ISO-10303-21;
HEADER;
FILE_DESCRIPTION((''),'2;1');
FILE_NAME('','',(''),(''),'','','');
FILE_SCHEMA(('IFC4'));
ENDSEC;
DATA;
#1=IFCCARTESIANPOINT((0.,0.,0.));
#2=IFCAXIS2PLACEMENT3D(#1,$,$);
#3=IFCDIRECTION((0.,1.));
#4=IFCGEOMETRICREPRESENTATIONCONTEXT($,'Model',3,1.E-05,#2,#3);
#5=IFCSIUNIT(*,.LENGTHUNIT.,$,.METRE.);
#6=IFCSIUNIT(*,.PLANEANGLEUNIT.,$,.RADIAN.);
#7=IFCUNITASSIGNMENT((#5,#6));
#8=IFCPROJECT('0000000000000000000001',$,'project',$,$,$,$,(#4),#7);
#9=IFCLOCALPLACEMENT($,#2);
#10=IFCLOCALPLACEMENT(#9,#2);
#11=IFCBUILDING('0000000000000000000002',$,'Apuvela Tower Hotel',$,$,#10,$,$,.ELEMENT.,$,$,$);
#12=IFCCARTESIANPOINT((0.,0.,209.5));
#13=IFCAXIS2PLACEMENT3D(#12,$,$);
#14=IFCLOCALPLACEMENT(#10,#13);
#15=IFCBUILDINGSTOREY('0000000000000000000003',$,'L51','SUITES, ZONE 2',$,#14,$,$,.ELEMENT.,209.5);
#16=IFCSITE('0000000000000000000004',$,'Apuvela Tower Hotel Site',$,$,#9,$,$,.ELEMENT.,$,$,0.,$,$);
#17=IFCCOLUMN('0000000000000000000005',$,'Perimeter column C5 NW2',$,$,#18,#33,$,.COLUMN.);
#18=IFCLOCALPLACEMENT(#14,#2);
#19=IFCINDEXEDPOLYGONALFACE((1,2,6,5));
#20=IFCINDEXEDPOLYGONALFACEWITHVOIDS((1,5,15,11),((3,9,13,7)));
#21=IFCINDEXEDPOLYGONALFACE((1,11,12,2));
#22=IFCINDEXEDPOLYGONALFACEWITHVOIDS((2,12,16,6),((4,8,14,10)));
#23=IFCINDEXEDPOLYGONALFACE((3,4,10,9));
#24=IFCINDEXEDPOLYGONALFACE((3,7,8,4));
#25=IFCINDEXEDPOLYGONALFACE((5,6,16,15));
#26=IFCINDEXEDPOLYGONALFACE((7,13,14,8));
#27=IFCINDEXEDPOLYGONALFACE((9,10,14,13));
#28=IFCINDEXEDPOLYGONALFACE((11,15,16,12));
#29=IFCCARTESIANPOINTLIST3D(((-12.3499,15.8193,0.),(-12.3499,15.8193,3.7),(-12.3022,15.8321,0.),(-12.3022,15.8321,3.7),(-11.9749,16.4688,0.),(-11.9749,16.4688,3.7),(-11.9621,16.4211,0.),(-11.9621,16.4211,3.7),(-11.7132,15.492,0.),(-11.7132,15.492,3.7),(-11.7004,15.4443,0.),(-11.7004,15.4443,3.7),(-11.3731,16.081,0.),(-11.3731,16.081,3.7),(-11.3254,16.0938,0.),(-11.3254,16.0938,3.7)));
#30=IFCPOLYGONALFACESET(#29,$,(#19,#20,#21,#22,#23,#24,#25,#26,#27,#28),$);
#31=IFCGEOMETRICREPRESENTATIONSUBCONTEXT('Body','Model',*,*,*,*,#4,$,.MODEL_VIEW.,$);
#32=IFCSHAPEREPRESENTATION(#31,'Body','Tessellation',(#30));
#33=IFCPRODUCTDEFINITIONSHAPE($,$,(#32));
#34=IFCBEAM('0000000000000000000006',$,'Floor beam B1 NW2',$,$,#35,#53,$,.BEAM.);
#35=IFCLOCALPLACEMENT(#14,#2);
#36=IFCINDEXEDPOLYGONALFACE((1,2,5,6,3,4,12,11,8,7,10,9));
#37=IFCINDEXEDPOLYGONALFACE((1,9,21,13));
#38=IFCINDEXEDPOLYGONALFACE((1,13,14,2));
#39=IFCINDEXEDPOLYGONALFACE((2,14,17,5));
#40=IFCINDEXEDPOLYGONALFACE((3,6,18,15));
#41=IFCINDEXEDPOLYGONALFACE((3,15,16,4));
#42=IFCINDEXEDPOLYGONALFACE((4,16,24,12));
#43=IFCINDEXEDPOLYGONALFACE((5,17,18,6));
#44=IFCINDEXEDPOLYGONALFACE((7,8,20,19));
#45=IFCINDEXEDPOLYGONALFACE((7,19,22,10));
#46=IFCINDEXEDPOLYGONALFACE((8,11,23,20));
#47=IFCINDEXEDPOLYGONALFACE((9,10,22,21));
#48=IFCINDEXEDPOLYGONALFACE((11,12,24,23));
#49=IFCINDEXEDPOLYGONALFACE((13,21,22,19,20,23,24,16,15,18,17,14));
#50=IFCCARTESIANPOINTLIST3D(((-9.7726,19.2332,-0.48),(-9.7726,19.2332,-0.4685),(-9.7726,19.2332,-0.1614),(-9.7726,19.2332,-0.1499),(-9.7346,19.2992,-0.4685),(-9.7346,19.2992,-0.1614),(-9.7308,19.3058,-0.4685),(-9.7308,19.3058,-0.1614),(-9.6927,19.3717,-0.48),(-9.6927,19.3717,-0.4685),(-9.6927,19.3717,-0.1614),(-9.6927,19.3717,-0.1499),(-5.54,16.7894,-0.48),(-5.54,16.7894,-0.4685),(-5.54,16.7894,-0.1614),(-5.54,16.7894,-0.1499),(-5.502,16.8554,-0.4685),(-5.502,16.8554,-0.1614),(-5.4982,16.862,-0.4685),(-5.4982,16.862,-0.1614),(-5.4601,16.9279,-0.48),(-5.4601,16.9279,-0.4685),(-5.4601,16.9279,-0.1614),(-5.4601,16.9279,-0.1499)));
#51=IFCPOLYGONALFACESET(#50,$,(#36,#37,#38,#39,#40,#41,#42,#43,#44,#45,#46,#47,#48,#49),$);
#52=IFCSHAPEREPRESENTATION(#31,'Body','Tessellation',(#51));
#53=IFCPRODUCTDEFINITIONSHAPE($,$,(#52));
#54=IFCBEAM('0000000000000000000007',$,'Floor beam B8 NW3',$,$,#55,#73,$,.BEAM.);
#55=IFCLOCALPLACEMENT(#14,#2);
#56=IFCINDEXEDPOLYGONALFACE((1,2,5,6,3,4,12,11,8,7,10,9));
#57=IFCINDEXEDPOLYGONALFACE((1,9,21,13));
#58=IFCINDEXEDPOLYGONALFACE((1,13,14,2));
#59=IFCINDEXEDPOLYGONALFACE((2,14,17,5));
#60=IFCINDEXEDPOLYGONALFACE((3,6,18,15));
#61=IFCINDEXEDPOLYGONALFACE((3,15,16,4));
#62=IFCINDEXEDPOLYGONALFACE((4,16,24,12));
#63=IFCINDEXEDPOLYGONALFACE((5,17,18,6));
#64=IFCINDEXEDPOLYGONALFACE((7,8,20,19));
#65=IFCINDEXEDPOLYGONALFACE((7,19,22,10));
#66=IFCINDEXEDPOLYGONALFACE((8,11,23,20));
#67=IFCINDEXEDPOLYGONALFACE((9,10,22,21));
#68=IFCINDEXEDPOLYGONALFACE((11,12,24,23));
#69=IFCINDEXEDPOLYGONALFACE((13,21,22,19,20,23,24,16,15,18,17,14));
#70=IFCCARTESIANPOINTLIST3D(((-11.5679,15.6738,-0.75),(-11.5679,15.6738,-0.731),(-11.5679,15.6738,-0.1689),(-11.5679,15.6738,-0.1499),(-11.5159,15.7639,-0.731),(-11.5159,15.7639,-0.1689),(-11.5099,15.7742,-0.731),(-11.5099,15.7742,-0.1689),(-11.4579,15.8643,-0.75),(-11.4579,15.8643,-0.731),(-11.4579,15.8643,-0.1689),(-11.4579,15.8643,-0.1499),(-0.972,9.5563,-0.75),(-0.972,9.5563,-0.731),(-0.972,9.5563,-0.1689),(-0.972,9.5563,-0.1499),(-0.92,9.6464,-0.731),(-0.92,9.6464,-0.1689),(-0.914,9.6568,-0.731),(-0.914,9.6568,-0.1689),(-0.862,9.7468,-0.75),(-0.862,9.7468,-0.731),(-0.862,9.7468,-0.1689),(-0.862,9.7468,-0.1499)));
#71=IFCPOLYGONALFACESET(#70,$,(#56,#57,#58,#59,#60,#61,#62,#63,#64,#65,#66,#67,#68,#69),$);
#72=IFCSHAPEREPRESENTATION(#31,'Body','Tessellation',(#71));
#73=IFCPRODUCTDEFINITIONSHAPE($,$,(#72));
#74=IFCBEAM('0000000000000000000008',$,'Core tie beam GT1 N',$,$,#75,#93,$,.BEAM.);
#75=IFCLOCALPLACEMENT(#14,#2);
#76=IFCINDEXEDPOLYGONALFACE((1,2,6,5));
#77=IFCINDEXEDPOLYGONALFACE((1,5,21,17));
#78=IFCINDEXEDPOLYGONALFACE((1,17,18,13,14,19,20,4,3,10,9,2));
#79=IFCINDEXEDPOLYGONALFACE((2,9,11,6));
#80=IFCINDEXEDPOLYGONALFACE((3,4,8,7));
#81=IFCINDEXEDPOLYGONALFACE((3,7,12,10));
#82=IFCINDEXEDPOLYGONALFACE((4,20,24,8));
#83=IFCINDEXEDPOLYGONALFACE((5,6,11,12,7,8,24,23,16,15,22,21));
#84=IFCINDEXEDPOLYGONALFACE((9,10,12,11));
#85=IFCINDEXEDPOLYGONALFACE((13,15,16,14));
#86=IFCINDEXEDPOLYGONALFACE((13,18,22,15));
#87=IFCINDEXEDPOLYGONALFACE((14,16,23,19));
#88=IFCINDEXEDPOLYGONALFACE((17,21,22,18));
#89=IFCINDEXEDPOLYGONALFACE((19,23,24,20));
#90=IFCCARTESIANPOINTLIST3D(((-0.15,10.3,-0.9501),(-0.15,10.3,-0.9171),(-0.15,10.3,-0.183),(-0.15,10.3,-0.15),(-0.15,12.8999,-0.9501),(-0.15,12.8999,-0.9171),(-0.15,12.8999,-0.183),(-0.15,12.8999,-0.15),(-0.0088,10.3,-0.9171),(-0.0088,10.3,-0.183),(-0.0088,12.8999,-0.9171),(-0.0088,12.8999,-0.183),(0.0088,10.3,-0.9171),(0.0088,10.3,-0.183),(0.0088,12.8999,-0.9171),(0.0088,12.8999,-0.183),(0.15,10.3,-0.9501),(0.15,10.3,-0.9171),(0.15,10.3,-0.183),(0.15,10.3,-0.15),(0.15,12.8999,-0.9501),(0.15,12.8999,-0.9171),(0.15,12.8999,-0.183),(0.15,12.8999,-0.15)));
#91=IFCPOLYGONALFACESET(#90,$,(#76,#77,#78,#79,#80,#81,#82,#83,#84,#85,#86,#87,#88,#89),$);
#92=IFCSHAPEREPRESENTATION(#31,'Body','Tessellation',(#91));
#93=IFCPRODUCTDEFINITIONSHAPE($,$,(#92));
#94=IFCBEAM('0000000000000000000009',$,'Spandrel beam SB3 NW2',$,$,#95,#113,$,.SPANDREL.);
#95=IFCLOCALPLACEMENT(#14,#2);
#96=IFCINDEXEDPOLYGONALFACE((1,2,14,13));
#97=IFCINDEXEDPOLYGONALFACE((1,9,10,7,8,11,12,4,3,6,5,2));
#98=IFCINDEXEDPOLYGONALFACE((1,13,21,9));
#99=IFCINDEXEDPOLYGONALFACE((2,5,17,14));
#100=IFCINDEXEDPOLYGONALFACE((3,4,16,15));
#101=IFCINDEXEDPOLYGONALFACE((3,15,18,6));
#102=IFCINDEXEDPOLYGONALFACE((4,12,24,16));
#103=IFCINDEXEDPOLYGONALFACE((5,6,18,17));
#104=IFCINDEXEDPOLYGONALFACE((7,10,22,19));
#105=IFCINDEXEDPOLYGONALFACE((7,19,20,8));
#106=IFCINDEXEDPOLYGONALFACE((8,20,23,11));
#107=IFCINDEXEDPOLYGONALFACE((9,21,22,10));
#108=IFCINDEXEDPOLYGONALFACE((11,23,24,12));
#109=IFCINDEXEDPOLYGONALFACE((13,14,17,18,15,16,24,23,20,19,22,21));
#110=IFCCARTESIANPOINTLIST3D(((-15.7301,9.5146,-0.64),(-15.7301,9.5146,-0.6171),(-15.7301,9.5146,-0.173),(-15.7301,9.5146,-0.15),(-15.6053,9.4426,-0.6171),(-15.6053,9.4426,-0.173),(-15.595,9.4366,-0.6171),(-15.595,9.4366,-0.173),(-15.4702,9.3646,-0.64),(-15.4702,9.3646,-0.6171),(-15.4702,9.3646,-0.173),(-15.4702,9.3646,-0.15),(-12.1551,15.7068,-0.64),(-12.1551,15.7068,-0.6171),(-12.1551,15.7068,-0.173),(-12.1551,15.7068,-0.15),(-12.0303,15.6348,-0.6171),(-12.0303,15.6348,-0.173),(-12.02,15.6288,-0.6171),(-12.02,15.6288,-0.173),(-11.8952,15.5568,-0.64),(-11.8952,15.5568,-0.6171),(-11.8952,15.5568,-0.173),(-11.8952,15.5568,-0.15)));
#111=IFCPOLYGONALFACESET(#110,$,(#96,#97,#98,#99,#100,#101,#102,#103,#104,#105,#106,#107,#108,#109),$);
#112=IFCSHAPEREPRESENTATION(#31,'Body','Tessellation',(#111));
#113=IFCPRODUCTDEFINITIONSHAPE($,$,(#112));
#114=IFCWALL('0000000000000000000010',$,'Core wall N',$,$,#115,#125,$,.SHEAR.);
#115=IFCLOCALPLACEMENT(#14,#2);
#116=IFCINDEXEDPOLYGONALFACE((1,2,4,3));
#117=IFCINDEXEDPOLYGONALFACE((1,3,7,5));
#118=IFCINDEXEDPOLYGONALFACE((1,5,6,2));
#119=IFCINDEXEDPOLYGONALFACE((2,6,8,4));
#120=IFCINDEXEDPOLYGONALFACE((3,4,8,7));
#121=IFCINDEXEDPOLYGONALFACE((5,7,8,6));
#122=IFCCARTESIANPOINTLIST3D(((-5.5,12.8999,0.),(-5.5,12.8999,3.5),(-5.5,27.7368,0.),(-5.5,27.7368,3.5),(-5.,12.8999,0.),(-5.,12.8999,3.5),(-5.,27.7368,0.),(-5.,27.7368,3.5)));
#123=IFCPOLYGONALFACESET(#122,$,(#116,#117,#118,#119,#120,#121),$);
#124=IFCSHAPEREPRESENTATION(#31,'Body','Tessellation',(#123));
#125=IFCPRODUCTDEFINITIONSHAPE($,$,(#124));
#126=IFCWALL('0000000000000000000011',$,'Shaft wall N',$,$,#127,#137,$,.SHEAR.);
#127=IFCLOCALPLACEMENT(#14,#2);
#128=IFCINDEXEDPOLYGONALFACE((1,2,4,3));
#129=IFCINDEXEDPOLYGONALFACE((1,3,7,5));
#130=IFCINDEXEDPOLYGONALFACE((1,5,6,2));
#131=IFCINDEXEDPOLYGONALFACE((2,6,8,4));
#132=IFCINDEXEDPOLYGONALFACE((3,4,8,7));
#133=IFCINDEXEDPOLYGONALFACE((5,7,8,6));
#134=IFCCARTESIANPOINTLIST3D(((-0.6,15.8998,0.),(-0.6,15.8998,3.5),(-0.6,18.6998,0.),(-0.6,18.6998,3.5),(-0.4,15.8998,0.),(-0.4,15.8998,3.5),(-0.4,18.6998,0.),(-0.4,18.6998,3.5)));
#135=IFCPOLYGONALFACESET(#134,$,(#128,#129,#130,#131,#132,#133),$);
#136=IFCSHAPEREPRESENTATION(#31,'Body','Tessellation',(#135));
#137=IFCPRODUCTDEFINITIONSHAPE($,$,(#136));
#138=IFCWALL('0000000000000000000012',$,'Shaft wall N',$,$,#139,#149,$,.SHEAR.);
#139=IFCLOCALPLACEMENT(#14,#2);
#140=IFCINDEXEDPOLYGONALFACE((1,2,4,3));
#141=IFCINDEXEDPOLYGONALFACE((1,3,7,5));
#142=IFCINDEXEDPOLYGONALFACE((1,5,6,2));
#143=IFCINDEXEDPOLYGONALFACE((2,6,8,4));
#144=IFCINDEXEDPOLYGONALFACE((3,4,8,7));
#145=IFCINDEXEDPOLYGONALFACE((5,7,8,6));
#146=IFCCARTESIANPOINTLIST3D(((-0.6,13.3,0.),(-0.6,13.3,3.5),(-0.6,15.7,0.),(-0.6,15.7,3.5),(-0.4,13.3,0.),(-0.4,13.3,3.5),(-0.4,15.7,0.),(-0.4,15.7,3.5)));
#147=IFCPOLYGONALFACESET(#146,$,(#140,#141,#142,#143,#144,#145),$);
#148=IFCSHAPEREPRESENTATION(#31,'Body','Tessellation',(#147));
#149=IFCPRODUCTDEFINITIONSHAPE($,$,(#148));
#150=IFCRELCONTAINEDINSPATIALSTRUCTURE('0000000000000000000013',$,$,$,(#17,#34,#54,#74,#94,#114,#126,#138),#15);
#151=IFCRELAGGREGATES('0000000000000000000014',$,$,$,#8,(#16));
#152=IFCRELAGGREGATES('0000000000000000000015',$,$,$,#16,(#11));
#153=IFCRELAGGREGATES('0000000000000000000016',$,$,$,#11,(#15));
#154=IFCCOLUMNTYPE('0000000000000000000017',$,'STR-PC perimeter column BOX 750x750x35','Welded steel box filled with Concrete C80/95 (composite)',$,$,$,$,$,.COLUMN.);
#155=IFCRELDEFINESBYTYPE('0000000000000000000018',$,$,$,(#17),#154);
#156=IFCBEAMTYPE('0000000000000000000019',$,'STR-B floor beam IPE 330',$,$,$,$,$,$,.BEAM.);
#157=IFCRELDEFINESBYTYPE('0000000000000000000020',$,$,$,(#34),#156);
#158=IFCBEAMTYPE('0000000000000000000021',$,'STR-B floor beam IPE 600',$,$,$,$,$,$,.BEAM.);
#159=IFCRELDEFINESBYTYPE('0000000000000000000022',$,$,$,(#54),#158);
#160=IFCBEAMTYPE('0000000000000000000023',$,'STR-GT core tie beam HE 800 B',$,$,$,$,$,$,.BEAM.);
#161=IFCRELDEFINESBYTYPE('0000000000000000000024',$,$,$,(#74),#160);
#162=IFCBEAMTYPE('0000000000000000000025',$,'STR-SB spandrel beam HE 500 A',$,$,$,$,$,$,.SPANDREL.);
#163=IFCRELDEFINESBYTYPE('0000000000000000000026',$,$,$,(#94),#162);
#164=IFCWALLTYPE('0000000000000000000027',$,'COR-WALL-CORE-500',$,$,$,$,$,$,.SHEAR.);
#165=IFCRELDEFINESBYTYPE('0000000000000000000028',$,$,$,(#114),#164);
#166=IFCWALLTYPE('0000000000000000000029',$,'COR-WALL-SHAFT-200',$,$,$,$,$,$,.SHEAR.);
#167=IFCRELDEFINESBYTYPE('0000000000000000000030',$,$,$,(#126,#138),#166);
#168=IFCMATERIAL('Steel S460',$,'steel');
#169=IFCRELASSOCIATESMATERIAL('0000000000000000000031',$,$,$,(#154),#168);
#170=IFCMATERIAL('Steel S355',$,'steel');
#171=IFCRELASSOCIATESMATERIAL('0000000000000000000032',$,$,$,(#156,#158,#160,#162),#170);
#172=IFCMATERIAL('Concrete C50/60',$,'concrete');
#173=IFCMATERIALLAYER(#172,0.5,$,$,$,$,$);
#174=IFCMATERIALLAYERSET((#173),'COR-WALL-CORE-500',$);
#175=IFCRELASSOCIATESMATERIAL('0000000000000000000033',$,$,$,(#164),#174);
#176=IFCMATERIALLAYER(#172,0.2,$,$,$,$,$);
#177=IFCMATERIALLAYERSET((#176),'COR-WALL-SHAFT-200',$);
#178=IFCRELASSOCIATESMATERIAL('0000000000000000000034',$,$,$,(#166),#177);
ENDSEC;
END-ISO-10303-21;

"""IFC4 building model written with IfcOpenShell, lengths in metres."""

from ifc_helpers import new_model, si_unit, direction, frame, frame_2d, origin, origin_2d, place, context, subcontext, project, spatial, rectangle, hollow_rectangle, i_section, extrude, material, layer, layer_set, material_profile, profile_set, type_object, element, save


model = new_model("IFC4")

# Units and contexts
model_context = context("Model", 3, precision=1e-05, world=origin(), true_north=direction((0.0, 1.0)))
body_context = subcontext(model_context, "Body", "Model", "MODEL_VIEW")
ifc_project = project(units=[si_unit("LENGTHUNIT", "METRE"), si_unit("PLANEANGLEUNIT", "RADIAN")], contexts=[model_context])

# Site, building, storey
site_placement = place(None, origin())
site = spatial("IfcSite", under=ifc_project, at=site_placement, Name="Apuvela Tower Hotel Site", CompositionType="ELEMENT", RefElevation=0.0)
building_placement = place(site_placement, origin())
building = spatial("IfcBuilding", under=site, at=building_placement, Name="Apuvela Tower Hotel", CompositionType="ELEMENT")
storey_placement = place(building_placement, frame((0.0, 0.0, 209.5)))
storey = spatial("IfcBuildingStorey", under=building, at=storey_placement, Name="L51", Description="SUITES, ZONE 2", CompositionType="ELEMENT", Elevation=209.5)

# Column
ifc_material_1 = material(Name="Steel S460", Category="steel")
ifc_material_profile_1 = material_profile(ifc_material_1, hollow_rectangle(XDim=0.75, YDim=0.75, WallThickness=0.0349, at=origin_2d()), Name="BOX 750x750x35")
ifc_material_2 = material(Name="Concrete C80/95", Category="concrete")
ifc_material_profile_2 = material_profile(ifc_material_2, rectangle(XDim=0.6799, YDim=0.6799, at=origin_2d()), Name="Concrete C80/95 infill")
ifc_profile_set_1 = profile_set([ifc_material_profile_1, ifc_material_profile_2], Name="Steel S460")
column_type = type_object("IfcColumnType", Name="STR-PC perimeter column BOX 750x750x35", Description="Welded steel box filled with Concrete C80/95 (composite)", PredefinedType="COLUMN", material=ifc_profile_set_1)
column_placement = place(storey_placement, frame((-11.8376, 15.9565, 0.0), z_axis=(0.0, 0.0, 1.0), x_axis=(0.5, 0.866025, 0.0)))
element("IfcColumn", 1, at=column_placement, inside=storey, type_object=column_type, Name="Perimeter column C5 NW2", PredefinedType="COLUMN", context=body_context, shape_type="SweptSolid", body=[
    extrude(hollow_rectangle(XDim=0.75, YDim=0.75, WallThickness=0.0349, at=origin_2d()), origin(), (0.0, 0.0, 1.0), 3.7),
])

# Beams
ifc_material_3 = material(Name="Steel S355", Category="steel")
ifc_material_profile_3 = material_profile(ifc_material_3, i_section(OverallWidth=0.1599, OverallDepth=0.3301, WebThickness=0.0076, FlangeThickness=0.0115, at=origin_2d()), Name="IPE 330")
ifc_profile_set_2 = profile_set([ifc_material_profile_3], Name="Steel S355")
beam_type_1 = type_object("IfcBeamType", Name="STR-B floor beam IPE 330", PredefinedType="BEAM", material=ifc_profile_set_2)
beam_1_placement = place(storey_placement, frame((-9.7327, 19.3025, -0.3149), z_axis=(0.866015, -0.500018, 0.0), x_axis=(0.500018, 0.866015, 0.0)))
element("IfcBeam", 2, at=beam_1_placement, inside=storey, type_object=beam_type_1, Name="Floor beam B1 NW2", PredefinedType="BEAM", context=body_context, shape_type="SweptSolid", body=[
    extrude(i_section(OverallWidth=0.1599, OverallDepth=0.3301, WebThickness=0.0076, FlangeThickness=0.0115, at=origin_2d()), origin(), (0.0, 0.0, 1.0), 4.8875),
])
ifc_material_profile_4 = material_profile(ifc_material_3, i_section(OverallWidth=0.22, OverallDepth=0.6001, WebThickness=0.012, FlangeThickness=0.019, at=origin_2d()), Name="IPE 600")
ifc_profile_set_3 = profile_set([ifc_material_profile_4], Name="Steel S355")
beam_type_2 = type_object("IfcBeamType", Name="STR-B floor beam IPE 600", PredefinedType="BEAM", material=ifc_profile_set_3)
beam_2_placement = place(storey_placement, frame((-11.5129, 15.769, -0.45), z_axis=(0.86603, -0.499991, 0.0), x_axis=(0.499991, 0.86603, 0.0)))
element("IfcBeam", 3, at=beam_2_placement, inside=storey, type_object=beam_type_2, Name="Floor beam B8 NW3", PredefinedType="BEAM", context=body_context, shape_type="SweptSolid", body=[
    extrude(i_section(OverallWidth=0.22, OverallDepth=0.6001, WebThickness=0.012, FlangeThickness=0.019, at=origin_2d()), origin(), (0.0, 0.0, 1.0), 12.2351),
])
ifc_material_profile_5 = material_profile(ifc_material_3, i_section(OverallWidth=0.3, OverallDepth=0.8, WebThickness=0.0176, FlangeThickness=0.033, at=origin_2d()), Name="HE 800 B")
ifc_profile_set_4 = profile_set([ifc_material_profile_5], Name="Steel S355")
beam_type_3 = type_object("IfcBeamType", Name="STR-GT core tie beam HE 800 B", PredefinedType="BEAM", material=ifc_profile_set_4)
beam_3_placement = place(storey_placement, frame((0.0, 12.8999, -0.55), z_axis=(0.0, -1.0, 0.0), x_axis=(1.0, 0.0, 0.0)))
element("IfcBeam", 4, at=beam_3_placement, inside=storey, type_object=beam_type_3, Name="Core tie beam GT1 N", PredefinedType="BEAM", context=body_context, shape_type="SweptSolid", body=[
    extrude(i_section(OverallWidth=0.3, OverallDepth=0.8, WebThickness=0.0176, FlangeThickness=0.033, at=origin_2d()), origin(), (0.0, 0.0, 1.0), 2.5999),
])
ifc_material_profile_6 = material_profile(ifc_material_3, i_section(OverallWidth=0.3, OverallDepth=0.49, WebThickness=0.012, FlangeThickness=0.0229, at=origin_2d()), Name="HE 500 A")
ifc_profile_set_5 = profile_set([ifc_material_profile_6], Name="Steel S355")
beam_type_4 = type_object("IfcBeamType", Name="STR-SB spandrel beam HE 500 A", PredefinedType="SPANDREL", material=ifc_profile_set_5)
beam_4_placement = place(storey_placement, frame((-12.0251, 15.6318, -0.395), z_axis=(-0.499991, -0.86603, 0.0), x_axis=(0.86603, -0.499991, 0.0)))
element("IfcBeam", 5, at=beam_4_placement, inside=storey, type_object=beam_type_4, Name="Spandrel beam SB3 NW2", PredefinedType="SPANDREL", context=body_context, shape_type="SweptSolid", body=[
    extrude(i_section(OverallWidth=0.3, OverallDepth=0.49, WebThickness=0.012, FlangeThickness=0.0229, at=origin_2d()), origin(), (0.0, 0.0, 1.0), 7.1501),
])

# Walls
ifc_material_4 = material(Name="Concrete C50/60", Category="concrete")
ifc_layer_1 = layer(ifc_material_4, 0.5)
ifc_layer_set_1 = layer_set([ifc_layer_1], Name="COR-WALL-CORE-500")
wall_type_1 = type_object("IfcWallType", Name="COR-WALL-CORE-500", PredefinedType="SHEAR", material=ifc_layer_set_1)
wall_1_placement = place(storey_placement, frame((-5.25, 12.8999, 0.0), z_axis=(0.0, 0.0, 1.0), x_axis=(0.0, 1.0, 0.0)))
element("IfcWall", 6, at=wall_1_placement, inside=storey, type_object=wall_type_1, Name="Core wall N", PredefinedType="SHEAR", context=body_context, shape_type="SweptSolid", body=[
    extrude(rectangle(XDim=14.8369, YDim=0.5, at=frame_2d((7.4185, 0.0))), origin(), (0.0, 0.0, 1.0), 3.5),
])
ifc_layer_2 = layer(ifc_material_4, 0.2)
ifc_layer_set_2 = layer_set([ifc_layer_2], Name="COR-WALL-SHAFT-200")
wall_type_2 = type_object("IfcWallType", Name="COR-WALL-SHAFT-200", PredefinedType="SHEAR", material=ifc_layer_set_2)
wall_2_placement = place(storey_placement, frame((-0.5, 15.8999, 0.0), z_axis=(0.0, 0.0, 1.0), x_axis=(0.0, 1.0, 0.0)))
element("IfcWall", 7, at=wall_2_placement, inside=storey, type_object=wall_type_2, Name="Shaft wall N", PredefinedType="SHEAR", context=body_context, shape_type="SweptSolid", body=[
    extrude(rectangle(XDim=2.8, YDim=0.2, at=frame_2d((1.3999, 0.0))), origin(), (0.0, 0.0, 1.0), 3.5),
])
wall_3_placement = place(storey_placement, frame((-0.5, 13.3, 0.0), z_axis=(0.0, 0.0, 1.0), x_axis=(0.0, 1.0, 0.0)))
element("IfcWall", 8, at=wall_3_placement, inside=storey, type_object=wall_type_2, Name="Shaft wall N", PredefinedType="SHEAR", context=body_context, shape_type="SweptSolid", body=[
    extrude(rectangle(XDim=2.3999, YDim=0.2, at=frame_2d((1.2, 0.0))), origin(), (0.0, 0.0, 1.0), 3.5),
])

save(model, "model.ifc")
